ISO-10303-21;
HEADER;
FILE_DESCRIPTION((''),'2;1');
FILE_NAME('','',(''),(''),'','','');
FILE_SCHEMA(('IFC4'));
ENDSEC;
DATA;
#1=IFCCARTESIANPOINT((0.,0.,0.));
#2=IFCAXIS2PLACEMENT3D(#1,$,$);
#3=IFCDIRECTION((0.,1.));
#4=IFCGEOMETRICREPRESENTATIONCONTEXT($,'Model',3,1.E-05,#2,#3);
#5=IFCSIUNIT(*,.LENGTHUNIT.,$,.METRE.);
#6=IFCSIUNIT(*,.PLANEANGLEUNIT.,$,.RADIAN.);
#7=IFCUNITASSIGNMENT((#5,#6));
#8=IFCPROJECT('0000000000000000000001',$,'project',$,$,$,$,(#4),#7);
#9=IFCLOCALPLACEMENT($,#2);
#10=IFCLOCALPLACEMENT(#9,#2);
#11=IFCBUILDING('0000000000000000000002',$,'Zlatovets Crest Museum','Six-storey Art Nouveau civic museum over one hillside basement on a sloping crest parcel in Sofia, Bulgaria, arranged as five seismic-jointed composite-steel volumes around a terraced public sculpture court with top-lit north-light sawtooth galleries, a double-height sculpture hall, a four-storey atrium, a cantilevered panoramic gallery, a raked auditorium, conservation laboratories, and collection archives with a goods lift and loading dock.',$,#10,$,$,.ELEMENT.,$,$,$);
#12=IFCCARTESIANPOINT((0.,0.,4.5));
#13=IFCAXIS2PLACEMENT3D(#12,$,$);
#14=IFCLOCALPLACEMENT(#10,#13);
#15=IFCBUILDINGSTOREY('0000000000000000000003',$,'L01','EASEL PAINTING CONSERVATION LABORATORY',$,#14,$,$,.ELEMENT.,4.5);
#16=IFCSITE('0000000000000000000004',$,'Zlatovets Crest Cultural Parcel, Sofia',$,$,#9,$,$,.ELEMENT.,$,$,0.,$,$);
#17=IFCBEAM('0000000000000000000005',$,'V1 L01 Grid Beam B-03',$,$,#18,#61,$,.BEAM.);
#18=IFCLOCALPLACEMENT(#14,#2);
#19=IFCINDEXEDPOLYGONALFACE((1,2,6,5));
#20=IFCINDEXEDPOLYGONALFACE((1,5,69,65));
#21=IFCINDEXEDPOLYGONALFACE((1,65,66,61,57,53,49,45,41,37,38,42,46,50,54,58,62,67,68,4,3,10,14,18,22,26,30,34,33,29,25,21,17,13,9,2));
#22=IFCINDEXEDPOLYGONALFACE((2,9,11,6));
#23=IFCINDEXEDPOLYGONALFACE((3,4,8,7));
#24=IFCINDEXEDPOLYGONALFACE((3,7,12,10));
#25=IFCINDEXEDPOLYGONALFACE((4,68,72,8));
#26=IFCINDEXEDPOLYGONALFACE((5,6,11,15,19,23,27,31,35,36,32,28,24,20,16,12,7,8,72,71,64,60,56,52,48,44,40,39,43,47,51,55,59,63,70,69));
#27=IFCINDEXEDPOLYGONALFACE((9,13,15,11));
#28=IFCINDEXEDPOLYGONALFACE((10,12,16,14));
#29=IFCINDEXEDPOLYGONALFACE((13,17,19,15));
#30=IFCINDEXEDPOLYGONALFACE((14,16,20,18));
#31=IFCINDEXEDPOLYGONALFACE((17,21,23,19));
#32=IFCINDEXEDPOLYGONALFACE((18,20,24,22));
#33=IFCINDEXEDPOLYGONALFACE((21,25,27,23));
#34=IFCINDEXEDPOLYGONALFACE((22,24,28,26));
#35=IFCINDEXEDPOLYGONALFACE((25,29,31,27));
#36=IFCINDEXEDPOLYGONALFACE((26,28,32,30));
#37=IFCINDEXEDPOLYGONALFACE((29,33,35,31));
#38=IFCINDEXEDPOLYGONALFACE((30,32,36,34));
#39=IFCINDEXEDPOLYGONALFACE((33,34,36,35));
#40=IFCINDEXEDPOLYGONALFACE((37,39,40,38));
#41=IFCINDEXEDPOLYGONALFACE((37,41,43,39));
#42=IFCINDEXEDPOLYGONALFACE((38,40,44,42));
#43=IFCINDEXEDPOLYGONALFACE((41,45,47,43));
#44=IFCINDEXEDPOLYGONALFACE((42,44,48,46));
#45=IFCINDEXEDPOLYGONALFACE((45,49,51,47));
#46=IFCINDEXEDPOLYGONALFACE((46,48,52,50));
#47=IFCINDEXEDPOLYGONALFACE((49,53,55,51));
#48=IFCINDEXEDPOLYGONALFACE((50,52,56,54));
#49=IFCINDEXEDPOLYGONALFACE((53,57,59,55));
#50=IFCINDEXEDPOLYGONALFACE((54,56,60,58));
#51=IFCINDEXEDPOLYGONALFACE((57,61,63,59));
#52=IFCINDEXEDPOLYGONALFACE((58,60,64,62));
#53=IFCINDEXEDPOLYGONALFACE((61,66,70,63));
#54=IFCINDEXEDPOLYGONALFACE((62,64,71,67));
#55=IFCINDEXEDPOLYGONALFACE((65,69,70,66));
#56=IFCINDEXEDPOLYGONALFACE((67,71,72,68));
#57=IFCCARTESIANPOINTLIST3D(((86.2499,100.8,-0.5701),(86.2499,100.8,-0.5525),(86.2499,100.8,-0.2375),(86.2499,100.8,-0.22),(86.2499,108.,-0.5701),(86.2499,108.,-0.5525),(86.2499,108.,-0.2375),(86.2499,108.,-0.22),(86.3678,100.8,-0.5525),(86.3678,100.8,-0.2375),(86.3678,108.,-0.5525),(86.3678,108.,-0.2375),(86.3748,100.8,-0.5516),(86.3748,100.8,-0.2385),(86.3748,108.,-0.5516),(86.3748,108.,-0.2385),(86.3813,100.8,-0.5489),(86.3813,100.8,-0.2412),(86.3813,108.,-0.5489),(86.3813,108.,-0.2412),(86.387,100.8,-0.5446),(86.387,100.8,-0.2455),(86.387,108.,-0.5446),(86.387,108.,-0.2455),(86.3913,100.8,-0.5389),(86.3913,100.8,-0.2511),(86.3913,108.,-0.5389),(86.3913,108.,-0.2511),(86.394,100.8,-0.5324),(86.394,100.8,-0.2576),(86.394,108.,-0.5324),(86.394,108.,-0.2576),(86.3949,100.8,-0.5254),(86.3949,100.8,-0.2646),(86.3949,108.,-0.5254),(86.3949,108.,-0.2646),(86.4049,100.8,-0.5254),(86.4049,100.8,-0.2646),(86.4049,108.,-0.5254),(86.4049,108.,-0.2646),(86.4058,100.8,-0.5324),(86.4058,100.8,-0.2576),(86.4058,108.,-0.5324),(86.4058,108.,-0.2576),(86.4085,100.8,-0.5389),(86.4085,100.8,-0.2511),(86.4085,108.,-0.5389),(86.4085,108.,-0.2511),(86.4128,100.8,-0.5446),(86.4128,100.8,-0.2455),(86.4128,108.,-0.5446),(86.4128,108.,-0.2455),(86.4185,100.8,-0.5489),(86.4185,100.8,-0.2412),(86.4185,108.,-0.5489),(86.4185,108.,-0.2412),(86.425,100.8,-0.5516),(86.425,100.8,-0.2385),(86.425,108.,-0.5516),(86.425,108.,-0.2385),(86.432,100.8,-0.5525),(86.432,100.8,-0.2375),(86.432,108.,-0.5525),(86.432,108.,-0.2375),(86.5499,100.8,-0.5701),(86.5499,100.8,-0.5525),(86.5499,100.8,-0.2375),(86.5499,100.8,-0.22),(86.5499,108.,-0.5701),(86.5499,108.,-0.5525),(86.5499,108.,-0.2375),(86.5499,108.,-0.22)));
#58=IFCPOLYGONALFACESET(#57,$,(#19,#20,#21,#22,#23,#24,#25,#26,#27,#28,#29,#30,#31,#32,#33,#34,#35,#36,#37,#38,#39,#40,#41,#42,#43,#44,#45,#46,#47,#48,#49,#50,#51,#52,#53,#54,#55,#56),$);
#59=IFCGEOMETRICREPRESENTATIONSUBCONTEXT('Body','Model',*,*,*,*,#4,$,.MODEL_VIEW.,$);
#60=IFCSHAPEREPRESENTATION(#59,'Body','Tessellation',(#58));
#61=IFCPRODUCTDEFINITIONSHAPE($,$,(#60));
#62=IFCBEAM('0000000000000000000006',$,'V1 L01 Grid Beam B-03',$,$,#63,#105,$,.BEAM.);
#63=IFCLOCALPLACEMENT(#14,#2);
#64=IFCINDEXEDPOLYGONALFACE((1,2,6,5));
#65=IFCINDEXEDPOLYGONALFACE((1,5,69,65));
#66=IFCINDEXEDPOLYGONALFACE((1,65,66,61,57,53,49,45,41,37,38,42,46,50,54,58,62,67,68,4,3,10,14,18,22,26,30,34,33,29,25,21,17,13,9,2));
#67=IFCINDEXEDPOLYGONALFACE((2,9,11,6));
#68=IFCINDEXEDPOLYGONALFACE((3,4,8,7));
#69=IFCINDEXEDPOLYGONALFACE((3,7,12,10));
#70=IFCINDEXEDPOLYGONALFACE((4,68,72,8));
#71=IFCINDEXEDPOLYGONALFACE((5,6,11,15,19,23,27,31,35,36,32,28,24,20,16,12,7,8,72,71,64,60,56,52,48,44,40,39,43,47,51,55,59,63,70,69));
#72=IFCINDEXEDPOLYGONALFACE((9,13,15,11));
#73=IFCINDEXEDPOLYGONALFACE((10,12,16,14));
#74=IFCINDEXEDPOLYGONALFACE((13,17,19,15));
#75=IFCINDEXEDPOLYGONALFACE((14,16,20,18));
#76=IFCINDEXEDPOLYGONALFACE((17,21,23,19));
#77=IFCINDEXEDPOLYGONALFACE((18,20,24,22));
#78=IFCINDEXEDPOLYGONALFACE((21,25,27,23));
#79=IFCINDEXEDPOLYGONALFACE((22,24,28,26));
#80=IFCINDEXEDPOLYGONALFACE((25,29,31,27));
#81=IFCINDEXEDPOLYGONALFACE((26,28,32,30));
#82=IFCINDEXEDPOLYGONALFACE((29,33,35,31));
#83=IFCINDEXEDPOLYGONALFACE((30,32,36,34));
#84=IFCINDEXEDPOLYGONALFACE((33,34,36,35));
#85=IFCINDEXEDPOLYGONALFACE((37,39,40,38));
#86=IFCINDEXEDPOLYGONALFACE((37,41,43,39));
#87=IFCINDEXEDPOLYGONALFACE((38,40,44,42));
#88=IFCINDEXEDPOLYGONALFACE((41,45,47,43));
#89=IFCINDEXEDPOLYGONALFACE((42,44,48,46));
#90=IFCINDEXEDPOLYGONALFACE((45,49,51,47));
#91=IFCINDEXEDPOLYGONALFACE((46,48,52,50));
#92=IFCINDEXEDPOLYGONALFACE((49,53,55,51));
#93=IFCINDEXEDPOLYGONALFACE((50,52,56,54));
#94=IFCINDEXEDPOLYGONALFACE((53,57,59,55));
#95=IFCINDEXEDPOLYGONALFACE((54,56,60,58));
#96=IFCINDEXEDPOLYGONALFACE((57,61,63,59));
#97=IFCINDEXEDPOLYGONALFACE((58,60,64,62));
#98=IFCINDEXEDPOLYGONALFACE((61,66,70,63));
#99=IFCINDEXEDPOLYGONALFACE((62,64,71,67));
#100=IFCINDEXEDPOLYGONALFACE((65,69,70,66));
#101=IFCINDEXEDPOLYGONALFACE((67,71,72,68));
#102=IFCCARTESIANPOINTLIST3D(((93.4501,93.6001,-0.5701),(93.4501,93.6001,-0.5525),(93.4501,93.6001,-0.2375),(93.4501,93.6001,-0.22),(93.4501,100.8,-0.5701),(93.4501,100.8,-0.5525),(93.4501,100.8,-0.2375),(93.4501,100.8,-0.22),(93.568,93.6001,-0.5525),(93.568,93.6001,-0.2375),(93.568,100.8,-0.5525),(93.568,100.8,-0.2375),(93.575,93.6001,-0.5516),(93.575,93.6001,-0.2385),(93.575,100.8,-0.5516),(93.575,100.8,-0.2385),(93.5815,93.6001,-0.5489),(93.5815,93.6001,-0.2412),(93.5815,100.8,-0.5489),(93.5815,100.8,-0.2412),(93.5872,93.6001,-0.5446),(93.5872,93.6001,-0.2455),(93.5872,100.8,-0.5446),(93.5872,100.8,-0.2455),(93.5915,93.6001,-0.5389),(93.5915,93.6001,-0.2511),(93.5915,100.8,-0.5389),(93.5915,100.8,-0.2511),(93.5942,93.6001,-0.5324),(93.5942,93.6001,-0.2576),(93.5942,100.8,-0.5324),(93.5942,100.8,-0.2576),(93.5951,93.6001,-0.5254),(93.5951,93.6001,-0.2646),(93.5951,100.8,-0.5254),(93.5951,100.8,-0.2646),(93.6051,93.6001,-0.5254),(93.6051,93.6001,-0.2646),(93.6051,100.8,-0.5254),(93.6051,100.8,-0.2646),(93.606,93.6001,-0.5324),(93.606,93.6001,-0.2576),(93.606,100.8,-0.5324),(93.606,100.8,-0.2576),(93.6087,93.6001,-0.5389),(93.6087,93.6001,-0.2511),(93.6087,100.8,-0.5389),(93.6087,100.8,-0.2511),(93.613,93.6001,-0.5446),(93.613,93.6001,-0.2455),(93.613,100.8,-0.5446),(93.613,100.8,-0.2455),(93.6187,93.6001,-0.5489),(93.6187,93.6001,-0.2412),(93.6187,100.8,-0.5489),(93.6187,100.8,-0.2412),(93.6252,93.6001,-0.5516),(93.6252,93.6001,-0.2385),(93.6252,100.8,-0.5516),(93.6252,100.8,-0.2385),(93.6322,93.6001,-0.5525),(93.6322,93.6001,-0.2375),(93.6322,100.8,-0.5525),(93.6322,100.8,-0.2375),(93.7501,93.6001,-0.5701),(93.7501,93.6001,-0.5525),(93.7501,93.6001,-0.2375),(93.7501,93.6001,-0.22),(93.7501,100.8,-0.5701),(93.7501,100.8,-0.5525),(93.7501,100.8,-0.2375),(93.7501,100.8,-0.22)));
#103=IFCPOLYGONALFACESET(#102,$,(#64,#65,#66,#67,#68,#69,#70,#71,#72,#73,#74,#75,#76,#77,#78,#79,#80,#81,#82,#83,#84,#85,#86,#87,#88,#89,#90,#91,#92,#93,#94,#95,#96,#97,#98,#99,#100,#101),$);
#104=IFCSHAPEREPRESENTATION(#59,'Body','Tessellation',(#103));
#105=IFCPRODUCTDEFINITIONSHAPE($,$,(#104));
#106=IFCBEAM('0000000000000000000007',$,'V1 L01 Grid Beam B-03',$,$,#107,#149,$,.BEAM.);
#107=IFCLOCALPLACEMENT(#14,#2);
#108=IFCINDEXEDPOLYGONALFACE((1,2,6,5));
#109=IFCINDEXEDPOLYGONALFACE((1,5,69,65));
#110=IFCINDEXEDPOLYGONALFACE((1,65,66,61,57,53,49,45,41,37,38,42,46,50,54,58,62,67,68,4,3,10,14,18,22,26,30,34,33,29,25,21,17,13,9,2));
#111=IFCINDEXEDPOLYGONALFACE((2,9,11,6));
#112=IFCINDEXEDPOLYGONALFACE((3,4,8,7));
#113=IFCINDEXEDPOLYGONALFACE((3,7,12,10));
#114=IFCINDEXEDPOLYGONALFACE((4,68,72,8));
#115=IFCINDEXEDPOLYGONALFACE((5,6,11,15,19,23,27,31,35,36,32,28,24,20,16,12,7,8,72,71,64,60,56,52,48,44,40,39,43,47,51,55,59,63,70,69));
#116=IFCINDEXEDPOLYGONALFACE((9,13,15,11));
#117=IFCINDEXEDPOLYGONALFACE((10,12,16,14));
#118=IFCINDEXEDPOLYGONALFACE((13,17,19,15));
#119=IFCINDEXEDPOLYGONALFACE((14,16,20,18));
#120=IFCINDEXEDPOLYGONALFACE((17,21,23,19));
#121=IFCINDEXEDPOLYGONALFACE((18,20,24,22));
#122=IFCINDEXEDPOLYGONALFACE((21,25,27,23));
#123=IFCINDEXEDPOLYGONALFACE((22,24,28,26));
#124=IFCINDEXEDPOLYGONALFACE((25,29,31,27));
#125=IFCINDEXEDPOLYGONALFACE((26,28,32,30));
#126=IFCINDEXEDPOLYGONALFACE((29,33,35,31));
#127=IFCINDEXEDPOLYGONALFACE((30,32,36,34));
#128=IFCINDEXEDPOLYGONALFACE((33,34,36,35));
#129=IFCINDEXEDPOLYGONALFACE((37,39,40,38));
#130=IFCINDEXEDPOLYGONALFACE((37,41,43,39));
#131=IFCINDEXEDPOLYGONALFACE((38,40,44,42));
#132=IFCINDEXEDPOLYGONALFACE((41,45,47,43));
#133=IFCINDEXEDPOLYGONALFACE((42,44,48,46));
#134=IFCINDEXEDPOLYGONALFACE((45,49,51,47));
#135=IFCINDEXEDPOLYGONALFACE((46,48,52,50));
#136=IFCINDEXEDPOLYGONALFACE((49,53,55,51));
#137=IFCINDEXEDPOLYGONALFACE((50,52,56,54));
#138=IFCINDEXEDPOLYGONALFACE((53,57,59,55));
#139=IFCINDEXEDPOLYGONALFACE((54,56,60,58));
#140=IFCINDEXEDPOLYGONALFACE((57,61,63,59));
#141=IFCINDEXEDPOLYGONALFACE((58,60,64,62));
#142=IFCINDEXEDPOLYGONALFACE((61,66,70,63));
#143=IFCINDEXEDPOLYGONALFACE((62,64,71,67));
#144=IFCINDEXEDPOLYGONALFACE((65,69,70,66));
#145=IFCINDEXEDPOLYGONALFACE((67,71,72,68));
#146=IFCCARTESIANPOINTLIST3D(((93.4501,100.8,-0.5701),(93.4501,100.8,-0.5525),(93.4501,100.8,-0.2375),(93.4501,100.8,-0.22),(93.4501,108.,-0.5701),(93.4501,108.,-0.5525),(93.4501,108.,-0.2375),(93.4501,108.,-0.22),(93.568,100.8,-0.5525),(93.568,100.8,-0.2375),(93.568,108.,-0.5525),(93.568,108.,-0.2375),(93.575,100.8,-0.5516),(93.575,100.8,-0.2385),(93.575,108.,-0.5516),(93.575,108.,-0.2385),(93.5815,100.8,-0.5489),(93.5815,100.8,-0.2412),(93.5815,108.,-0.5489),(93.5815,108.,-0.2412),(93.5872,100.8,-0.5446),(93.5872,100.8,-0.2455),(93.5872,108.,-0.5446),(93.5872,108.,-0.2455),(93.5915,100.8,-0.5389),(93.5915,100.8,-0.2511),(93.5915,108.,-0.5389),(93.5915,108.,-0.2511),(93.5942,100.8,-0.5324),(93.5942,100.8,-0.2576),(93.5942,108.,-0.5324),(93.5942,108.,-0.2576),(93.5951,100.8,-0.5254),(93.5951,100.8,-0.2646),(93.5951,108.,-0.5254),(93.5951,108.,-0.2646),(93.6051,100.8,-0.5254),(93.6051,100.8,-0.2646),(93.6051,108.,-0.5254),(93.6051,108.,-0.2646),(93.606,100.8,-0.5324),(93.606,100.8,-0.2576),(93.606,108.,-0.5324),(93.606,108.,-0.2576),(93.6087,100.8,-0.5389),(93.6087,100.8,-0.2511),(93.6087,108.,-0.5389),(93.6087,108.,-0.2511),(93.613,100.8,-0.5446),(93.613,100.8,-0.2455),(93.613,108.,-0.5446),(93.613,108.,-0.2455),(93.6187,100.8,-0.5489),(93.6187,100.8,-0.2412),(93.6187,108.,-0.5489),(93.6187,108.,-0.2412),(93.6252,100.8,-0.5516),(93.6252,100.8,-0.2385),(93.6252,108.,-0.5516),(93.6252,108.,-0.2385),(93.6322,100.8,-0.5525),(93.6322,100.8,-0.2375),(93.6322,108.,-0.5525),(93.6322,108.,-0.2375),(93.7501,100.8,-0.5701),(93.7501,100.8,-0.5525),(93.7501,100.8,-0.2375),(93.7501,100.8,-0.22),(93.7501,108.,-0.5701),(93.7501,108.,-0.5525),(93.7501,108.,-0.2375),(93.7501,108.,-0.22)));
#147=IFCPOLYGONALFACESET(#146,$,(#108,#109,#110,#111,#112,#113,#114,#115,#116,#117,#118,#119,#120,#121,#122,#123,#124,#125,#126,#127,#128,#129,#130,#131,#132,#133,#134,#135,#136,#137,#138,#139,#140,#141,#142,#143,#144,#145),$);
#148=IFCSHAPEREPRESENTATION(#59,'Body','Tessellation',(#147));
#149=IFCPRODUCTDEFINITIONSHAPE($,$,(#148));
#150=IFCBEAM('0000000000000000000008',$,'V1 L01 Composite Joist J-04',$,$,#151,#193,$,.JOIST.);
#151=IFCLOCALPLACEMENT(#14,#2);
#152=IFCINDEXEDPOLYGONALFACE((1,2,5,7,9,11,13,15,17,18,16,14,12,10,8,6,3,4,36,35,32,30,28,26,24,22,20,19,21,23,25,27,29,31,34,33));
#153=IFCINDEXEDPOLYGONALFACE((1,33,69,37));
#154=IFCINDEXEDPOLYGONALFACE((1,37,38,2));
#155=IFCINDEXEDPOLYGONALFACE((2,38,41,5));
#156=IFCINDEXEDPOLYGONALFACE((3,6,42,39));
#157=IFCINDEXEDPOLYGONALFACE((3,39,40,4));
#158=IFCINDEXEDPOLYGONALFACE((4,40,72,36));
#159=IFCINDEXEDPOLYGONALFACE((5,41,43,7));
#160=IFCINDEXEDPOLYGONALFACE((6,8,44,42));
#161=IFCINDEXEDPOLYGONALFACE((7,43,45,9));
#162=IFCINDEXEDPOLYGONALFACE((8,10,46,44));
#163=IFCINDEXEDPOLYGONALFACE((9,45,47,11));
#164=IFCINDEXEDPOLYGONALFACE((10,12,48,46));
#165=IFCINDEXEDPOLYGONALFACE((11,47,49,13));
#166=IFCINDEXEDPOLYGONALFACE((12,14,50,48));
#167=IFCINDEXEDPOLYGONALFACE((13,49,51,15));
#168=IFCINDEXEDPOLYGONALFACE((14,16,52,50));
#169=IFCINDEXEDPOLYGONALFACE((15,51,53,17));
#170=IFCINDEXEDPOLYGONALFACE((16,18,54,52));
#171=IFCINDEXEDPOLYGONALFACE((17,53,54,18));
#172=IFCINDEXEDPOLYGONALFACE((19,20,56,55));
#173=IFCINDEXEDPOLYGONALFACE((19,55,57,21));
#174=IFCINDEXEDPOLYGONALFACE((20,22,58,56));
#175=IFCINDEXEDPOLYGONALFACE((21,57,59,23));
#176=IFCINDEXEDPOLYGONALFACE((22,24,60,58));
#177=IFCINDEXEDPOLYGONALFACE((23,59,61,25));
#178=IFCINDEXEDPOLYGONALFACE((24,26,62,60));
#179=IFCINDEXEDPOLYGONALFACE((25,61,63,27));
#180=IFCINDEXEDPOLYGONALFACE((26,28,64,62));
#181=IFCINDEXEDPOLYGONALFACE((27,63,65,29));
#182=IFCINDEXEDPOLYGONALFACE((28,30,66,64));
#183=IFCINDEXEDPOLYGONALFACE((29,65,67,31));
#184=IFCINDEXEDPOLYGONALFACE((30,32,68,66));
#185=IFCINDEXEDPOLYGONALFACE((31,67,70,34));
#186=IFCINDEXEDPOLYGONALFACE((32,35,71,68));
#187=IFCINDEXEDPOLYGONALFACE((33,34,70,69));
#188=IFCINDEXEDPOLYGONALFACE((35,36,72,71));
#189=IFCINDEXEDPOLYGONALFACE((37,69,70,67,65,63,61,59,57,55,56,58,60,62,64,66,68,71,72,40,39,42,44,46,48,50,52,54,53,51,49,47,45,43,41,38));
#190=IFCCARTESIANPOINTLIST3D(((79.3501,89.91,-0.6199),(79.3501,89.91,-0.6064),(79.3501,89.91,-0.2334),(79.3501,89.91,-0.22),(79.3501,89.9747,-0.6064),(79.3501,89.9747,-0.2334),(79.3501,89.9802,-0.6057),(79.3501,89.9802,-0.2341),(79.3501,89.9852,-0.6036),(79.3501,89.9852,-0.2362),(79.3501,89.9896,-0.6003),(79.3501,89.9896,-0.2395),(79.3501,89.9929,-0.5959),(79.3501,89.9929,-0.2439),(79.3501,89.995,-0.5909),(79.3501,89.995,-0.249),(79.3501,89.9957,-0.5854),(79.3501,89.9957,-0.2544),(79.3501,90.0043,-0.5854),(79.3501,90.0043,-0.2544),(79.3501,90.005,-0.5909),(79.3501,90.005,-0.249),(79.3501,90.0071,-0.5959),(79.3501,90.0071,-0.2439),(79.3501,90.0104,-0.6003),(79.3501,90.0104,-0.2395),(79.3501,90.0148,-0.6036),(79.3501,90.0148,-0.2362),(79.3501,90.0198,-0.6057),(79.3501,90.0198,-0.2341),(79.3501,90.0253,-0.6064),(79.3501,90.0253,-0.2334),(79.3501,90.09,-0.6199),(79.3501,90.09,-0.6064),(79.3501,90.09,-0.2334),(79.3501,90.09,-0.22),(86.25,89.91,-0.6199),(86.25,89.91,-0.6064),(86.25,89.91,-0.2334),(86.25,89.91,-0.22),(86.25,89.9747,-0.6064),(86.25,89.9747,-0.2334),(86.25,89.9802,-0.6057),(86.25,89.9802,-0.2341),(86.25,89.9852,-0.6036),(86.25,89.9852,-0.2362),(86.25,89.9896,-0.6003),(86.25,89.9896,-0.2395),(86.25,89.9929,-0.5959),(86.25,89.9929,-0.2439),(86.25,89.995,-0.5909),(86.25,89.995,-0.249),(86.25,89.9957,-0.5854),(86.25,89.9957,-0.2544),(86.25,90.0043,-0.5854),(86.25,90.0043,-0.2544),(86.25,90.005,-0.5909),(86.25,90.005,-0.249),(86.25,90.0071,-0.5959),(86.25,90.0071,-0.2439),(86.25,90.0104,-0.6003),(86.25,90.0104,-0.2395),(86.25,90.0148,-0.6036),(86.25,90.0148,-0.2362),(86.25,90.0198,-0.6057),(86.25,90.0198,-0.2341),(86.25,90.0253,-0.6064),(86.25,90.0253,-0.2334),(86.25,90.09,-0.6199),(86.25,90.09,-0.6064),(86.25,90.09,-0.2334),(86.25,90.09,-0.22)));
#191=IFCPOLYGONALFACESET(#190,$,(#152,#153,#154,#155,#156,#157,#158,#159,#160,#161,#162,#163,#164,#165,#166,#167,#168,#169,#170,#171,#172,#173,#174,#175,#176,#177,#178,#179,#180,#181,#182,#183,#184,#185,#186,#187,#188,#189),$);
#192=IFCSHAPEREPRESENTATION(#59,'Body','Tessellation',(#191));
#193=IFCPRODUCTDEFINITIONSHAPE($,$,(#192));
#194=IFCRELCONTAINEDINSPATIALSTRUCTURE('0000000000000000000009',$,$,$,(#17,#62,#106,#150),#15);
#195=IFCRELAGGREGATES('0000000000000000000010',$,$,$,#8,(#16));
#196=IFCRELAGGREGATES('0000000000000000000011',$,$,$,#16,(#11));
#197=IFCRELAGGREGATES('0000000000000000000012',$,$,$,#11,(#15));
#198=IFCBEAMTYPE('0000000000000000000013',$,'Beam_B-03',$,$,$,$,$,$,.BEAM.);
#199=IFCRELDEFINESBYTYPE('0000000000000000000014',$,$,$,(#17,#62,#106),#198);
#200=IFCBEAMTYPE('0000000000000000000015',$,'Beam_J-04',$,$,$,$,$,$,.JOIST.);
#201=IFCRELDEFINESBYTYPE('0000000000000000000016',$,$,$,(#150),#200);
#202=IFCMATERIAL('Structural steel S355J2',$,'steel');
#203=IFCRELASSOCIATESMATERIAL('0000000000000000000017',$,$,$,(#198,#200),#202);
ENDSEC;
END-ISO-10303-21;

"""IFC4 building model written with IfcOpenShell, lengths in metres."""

from ifc_helpers import new_model, si_unit, direction, frame, origin, origin_2d, place, context, subcontext, project, spatial, i_section, extrude, material, material_profile, profile_set, type_object, element, save


model = new_model("IFC4")

# Units and contexts
model_context = context("Model", 3, precision=1e-05, world=origin(), true_north=direction((0.0, 1.0)))
body_context = subcontext(model_context, "Body", "Model", "MODEL_VIEW")
ifc_project = project(units=[si_unit("LENGTHUNIT", "METRE"), si_unit("PLANEANGLEUNIT", "RADIAN")], contexts=[model_context])

# Site, building, storey
site_placement = place(None, origin())
site = spatial("IfcSite", under=ifc_project, at=site_placement, Name="Zlatovets Crest Cultural Parcel, Sofia", CompositionType="ELEMENT", RefElevation=0.0)
building_placement = place(site_placement, origin())
building = spatial("IfcBuilding", under=site, at=building_placement, Name="Zlatovets Crest Museum", Description="Six-storey Art Nouveau civic museum over one hillside basement on a sloping crest parcel in Sofia, Bulgaria, arranged as five seismic-jointed composite-steel volumes around a terraced public sculpture court with top-lit north-light sawtooth galleries, a double-height sculpture hall, a four-storey atrium, a cantilevered panoramic gallery, a raked auditorium, conservation laboratories, and collection archives with a goods lift and loading dock.", CompositionType="ELEMENT")
storey_placement = place(building_placement, frame((0.0, 0.0, 4.5)))
storey = spatial("IfcBuildingStorey", under=building, at=storey_placement, Name="L01", Description="EASEL PAINTING CONSERVATION LABORATORY", CompositionType="ELEMENT", Elevation=4.5)

# Shared definitions
ifc_material_1 = material(Name="Structural steel S355J2", Category="steel")

# Beams
ifc_material_profile_1 = material_profile(ifc_material_1, i_section(OverallWidth=0.3, OverallDepth=0.3501, WebThickness=0.01, FlangeThickness=0.0176, FilletRadius=0.0271, at=origin_2d()), Name="HEA 360")
ifc_profile_set_1 = profile_set([ifc_material_profile_1], Name="Structural steel S355J2")
beam_type_1 = type_object("IfcBeamType", Name="Beam_B-03", PredefinedType="BEAM", material=ifc_profile_set_1)
for number, where, z_axis, x_axis, name in (
    (1, (86.3999, 100.8, -0.395), (0.0, 1.0, 0.0), (-1.0, 0.0, 0.0), "V1 L01 Grid Beam B-03"),
    (2, (93.6001, 93.6001, -0.395), (0.0, 1.0, 0.0), (-1.0, 0.0, 0.0), "V1 L01 Grid Beam B-03"),
    (3, (93.6001, 100.8, -0.395), (0.0, 1.0, 0.0), (-1.0, 0.0, 0.0), "V1 L01 Grid Beam B-03"),
):
    element("IfcBeam", number, at=place(storey_placement, frame(where, z_axis=z_axis, x_axis=x_axis)), inside=storey, type_object=beam_type_1, Name=name, PredefinedType="BEAM", context=body_context, shape_type="SweptSolid", body=[
        extrude(i_section(OverallWidth=0.3, OverallDepth=0.3501, WebThickness=0.01, FlangeThickness=0.0176, FilletRadius=0.0271, at=origin_2d()), origin(), (0.0, 0.0, 1.0), 7.2),
    ])
ifc_material_profile_2 = material_profile(ifc_material_1, i_section(OverallWidth=0.1799, OverallDepth=0.3999, WebThickness=0.0085, FlangeThickness=0.0134, FilletRadius=0.021, at=origin_2d()), Name="IPE 400")
ifc_profile_set_2 = profile_set([ifc_material_profile_2], Name="Structural steel S355J2")
beam_type_2 = type_object("IfcBeamType", Name="Beam_J-04", PredefinedType="JOIST", material=ifc_profile_set_2)
for number, where, z_axis, x_axis, name in (
    (4, (79.3501, 90.0, -0.4199), (1.0, 0.0, 0.0), (0.0, 1.0, 0.0), "V1 L01 Composite Joist J-04"),
):
    element("IfcBeam", number, at=place(storey_placement, frame(where, z_axis=z_axis, x_axis=x_axis)), inside=storey, type_object=beam_type_2, Name=name, PredefinedType="JOIST", context=body_context, shape_type="SweptSolid", body=[
        extrude(i_section(OverallWidth=0.1799, OverallDepth=0.3999, WebThickness=0.0085, FlangeThickness=0.0134, FilletRadius=0.021, at=origin_2d()), origin(), (0.0, 0.0, 1.0), 6.8999),
    ])

save(model, "model.ifc")
